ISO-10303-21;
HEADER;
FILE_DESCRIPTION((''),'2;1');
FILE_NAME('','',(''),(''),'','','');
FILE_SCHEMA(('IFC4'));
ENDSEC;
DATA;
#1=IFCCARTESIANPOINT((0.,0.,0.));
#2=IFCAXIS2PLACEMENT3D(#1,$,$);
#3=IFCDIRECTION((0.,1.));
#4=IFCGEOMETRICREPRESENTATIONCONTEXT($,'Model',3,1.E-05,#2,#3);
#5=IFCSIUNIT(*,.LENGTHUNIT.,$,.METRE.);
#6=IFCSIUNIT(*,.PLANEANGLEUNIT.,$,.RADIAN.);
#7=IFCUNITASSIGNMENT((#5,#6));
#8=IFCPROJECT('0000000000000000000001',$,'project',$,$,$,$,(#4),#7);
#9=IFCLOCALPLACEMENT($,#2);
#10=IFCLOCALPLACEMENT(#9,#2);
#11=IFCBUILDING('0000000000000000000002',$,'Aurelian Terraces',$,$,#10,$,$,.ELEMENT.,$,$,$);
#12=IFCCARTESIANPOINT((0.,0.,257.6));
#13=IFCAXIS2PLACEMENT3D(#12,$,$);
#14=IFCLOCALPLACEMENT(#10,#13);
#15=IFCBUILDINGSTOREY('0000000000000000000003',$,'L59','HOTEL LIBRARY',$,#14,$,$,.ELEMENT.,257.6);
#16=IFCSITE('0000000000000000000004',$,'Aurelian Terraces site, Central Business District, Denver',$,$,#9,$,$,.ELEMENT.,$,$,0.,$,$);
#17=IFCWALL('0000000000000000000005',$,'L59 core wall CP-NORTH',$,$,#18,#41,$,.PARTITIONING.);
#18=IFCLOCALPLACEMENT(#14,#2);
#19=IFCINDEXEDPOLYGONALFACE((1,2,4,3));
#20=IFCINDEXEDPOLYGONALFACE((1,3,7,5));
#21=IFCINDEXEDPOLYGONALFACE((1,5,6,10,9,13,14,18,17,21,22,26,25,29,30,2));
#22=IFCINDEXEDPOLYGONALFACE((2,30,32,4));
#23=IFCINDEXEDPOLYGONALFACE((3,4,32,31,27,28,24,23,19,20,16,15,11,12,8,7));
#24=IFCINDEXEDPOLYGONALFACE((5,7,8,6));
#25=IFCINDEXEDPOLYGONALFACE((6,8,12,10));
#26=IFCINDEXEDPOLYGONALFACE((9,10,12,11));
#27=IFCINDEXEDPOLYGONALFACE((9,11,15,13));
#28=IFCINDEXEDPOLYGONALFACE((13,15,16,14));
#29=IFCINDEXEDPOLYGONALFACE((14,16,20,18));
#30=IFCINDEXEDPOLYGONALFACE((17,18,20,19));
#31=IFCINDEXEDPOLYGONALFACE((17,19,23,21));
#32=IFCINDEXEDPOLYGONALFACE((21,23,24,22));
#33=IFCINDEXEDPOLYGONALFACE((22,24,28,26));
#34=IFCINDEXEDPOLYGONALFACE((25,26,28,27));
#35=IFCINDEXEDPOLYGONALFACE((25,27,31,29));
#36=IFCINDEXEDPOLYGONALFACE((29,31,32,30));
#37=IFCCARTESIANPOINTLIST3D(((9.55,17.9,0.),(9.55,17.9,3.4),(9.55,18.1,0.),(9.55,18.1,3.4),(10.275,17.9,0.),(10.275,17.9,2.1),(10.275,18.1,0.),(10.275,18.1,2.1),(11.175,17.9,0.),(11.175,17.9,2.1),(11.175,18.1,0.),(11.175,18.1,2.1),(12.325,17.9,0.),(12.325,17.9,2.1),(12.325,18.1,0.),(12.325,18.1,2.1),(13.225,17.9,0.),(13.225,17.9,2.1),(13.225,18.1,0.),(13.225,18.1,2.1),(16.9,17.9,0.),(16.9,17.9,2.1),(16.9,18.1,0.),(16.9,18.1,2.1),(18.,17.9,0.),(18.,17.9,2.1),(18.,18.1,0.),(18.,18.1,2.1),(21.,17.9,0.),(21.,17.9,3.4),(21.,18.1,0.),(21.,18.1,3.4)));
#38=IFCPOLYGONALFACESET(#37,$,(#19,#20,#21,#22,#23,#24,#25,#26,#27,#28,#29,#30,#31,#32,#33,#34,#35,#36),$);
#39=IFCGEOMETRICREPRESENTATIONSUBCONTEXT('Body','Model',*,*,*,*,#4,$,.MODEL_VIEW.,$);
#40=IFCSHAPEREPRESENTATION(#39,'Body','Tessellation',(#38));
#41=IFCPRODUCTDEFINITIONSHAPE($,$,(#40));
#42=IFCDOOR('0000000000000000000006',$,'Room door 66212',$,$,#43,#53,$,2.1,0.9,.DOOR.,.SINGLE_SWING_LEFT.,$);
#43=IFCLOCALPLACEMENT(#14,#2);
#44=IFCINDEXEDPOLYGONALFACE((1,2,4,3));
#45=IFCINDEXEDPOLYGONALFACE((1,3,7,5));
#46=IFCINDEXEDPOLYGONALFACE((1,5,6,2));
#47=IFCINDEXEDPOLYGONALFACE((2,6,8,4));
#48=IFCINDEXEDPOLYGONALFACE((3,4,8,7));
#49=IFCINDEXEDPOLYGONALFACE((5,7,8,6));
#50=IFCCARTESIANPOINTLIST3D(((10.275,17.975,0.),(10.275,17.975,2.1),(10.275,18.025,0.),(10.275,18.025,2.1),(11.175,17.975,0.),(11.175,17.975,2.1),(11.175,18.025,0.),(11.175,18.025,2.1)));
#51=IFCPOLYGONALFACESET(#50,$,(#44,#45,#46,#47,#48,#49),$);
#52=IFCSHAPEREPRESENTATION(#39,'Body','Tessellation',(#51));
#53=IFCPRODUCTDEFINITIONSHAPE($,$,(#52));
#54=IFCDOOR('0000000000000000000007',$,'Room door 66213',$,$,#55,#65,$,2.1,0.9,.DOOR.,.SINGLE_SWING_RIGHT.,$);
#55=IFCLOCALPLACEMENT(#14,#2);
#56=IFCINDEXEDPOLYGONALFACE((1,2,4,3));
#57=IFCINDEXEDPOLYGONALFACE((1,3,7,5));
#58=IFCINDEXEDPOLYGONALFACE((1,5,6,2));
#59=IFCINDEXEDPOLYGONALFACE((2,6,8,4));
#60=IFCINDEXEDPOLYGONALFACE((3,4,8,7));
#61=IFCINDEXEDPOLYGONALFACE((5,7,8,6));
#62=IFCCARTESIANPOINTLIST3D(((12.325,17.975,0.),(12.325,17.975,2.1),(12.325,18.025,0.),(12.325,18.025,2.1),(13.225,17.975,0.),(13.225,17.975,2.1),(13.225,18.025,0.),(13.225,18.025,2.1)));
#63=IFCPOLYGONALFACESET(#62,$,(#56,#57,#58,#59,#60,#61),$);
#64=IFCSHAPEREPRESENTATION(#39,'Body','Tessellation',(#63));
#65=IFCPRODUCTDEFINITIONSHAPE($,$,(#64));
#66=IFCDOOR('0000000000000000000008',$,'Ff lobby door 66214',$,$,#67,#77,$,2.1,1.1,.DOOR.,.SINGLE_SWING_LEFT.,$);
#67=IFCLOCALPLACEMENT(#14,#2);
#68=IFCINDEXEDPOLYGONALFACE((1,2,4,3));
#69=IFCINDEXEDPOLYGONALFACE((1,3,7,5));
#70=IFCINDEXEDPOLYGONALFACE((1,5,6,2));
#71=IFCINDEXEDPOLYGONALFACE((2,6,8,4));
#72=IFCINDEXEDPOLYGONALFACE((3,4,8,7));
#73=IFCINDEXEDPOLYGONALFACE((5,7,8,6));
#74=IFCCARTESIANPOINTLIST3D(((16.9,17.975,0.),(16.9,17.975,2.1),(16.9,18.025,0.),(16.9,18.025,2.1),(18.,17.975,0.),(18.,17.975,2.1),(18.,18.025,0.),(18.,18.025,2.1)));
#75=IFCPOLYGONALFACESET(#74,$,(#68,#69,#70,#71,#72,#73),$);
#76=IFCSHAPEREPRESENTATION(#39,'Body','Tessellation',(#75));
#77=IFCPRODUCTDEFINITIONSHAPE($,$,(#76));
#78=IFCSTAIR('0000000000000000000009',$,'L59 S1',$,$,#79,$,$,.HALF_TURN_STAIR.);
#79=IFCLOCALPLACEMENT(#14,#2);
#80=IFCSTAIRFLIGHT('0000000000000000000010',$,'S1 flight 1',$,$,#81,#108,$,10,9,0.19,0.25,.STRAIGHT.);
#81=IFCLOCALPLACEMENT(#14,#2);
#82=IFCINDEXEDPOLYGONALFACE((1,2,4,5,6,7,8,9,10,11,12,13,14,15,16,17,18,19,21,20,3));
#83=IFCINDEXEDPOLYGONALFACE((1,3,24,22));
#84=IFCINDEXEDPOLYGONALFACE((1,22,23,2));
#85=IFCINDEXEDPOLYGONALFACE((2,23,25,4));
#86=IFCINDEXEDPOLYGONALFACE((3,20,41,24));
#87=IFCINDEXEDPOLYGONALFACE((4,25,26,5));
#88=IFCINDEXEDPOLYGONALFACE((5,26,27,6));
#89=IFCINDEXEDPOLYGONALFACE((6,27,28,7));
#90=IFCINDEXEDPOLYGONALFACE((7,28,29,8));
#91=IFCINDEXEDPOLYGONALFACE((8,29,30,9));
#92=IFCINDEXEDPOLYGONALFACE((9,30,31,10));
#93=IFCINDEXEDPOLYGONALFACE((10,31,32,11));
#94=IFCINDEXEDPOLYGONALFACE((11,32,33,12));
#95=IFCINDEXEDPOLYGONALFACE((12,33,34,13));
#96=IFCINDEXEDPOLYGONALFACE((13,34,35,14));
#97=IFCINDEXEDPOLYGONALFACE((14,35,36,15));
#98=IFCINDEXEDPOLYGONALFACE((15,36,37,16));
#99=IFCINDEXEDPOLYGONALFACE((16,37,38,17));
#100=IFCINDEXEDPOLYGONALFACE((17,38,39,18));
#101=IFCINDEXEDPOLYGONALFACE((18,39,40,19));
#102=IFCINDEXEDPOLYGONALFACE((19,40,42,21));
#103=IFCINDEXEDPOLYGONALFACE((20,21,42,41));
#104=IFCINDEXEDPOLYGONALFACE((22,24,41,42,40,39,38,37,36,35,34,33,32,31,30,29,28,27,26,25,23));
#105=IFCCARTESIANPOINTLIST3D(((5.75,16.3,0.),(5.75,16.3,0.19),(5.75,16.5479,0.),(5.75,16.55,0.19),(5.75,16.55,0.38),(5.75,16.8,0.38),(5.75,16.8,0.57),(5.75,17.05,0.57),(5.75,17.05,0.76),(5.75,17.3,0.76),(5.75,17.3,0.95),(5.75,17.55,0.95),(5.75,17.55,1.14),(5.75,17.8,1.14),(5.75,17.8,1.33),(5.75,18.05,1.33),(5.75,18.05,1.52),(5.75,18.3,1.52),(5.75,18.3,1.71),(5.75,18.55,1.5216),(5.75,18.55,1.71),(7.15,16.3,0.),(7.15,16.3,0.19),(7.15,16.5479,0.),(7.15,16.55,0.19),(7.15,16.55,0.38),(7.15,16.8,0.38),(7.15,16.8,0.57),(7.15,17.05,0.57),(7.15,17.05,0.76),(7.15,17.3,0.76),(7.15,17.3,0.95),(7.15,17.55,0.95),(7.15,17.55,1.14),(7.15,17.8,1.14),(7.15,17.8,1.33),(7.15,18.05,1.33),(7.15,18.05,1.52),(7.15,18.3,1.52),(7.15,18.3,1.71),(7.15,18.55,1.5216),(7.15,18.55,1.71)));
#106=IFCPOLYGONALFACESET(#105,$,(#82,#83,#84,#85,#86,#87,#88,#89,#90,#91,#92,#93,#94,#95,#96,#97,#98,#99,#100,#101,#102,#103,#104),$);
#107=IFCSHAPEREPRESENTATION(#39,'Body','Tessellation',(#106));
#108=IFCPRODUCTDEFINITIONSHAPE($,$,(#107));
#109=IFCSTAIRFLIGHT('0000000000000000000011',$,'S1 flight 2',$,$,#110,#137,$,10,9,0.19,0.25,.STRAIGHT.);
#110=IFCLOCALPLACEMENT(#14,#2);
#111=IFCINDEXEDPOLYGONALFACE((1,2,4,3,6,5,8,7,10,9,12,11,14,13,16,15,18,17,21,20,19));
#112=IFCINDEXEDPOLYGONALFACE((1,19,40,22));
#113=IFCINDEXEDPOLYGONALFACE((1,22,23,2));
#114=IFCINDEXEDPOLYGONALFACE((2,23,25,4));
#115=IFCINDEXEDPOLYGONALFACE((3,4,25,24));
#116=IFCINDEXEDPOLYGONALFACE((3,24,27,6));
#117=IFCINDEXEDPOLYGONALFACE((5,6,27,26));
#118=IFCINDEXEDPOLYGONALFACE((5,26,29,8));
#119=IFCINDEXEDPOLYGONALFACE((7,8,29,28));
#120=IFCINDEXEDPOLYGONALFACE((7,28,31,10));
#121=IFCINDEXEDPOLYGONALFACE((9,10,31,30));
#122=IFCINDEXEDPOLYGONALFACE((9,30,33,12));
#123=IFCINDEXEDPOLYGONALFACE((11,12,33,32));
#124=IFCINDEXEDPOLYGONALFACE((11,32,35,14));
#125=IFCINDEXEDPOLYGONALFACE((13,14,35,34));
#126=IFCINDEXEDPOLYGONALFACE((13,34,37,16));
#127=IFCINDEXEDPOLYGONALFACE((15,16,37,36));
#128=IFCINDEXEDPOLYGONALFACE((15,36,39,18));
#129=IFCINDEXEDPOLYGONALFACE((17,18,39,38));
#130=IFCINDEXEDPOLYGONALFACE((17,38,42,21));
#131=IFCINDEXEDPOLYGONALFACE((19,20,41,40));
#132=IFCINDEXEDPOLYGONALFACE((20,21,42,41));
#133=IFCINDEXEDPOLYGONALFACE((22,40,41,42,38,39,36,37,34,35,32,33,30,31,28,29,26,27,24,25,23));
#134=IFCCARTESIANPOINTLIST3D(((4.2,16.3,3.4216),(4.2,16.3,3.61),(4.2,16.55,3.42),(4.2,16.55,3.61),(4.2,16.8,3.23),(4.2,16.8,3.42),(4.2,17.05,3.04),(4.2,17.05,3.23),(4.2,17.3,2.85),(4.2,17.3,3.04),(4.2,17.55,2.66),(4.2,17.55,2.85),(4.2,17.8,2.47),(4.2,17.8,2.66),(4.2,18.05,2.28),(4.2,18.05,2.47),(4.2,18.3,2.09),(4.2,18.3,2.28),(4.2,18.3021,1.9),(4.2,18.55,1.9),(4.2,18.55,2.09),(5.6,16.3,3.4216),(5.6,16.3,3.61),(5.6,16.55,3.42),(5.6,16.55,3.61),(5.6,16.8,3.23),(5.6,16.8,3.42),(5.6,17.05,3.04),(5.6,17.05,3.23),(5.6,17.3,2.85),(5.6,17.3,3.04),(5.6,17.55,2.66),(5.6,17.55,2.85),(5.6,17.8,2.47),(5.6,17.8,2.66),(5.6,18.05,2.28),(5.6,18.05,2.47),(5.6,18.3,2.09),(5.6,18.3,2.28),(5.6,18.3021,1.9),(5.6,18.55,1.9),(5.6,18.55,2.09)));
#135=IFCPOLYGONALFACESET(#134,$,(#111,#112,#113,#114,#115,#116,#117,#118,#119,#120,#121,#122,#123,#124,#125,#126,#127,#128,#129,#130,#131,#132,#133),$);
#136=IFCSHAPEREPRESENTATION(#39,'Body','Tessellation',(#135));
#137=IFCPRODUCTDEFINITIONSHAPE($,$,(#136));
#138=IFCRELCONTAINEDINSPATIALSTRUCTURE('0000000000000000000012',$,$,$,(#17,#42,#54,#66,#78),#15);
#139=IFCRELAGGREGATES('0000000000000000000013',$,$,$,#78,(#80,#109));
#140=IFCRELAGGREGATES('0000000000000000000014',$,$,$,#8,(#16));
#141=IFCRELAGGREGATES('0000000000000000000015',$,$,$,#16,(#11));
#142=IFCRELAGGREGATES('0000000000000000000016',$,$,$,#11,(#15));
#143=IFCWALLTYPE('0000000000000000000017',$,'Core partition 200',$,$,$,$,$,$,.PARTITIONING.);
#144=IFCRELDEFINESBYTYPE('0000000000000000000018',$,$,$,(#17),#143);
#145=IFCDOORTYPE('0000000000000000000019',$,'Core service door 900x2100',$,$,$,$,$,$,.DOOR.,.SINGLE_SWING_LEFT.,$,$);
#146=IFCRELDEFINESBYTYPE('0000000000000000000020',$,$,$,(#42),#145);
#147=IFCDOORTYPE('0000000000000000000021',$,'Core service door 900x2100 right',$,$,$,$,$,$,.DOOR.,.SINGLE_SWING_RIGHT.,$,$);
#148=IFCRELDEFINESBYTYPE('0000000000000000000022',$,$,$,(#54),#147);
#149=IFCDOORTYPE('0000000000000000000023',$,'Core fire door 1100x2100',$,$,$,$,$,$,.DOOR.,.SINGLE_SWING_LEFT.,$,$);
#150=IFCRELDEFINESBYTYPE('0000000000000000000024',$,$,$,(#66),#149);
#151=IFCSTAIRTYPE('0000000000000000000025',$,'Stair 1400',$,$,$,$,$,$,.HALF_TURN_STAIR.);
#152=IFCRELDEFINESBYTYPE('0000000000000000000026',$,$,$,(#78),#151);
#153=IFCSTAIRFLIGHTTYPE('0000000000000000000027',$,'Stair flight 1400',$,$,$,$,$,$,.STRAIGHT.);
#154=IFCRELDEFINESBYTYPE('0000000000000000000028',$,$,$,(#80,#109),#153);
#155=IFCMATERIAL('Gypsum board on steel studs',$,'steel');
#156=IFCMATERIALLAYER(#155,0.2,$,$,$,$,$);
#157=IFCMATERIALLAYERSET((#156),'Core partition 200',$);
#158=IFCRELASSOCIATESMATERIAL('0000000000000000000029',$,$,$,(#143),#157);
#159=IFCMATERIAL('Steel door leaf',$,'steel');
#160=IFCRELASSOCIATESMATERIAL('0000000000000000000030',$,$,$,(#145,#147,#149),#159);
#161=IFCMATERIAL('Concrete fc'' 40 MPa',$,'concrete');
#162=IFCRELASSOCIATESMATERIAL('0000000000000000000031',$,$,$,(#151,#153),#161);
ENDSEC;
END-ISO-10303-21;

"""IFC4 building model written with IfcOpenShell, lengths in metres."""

from ifc_helpers import new_model, si_unit, direction, frame, frame_2d, origin, place, context, subcontext, project, spatial, polyline, rectangle, outline, extrude, source, transform, mapped, material, layer, layer_set, type_object, element, fill, aggregate, save


model = new_model("IFC4")

# Units and contexts
model_context = context("Model", 3, precision=1e-05, world=origin(), true_north=direction((0.0, 1.0)))
body_context = subcontext(model_context, "Body", "Model", "MODEL_VIEW")
ifc_project = project(units=[si_unit("LENGTHUNIT", "METRE"), si_unit("PLANEANGLEUNIT", "RADIAN")], contexts=[model_context])

# Site, building, storey
site_placement = place(None, origin())
site = spatial("IfcSite", under=ifc_project, at=site_placement, Name="Aurelian Terraces site, Central Business District, Denver", CompositionType="ELEMENT", RefElevation=0.0)
building_placement = place(site_placement, origin())
building = spatial("IfcBuilding", under=site, at=building_placement, Name="Aurelian Terraces", CompositionType="ELEMENT")
storey_placement = place(building_placement, frame((0.0, 0.0, 257.6)))
storey = spatial("IfcBuildingStorey", under=building, at=storey_placement, Name="L59", Description="HOTEL LIBRARY", CompositionType="ELEMENT", Elevation=257.6)

# Shared definitions
ifc_material_1 = material(Name="Gypsum board on steel studs", Category="steel")

# Wall, openings, doors
ifc_layer_1 = layer(ifc_material_1, 0.2)
ifc_layer_set_1 = layer_set([ifc_layer_1], Name="Core partition 200")
wall_type_1 = type_object("IfcWallType", Name="Core partition 200", PredefinedType="PARTITIONING", material=ifc_layer_set_1)
shared_shape_1 = source(origin(), body_context, "Body", "SweptSolid", [
    extrude(rectangle(XDim=11.45, YDim=0.2, at=frame_2d((5.725, 0.0))), origin(), (0.0, 0.0, 1.0), 3.4),
])
wall_1_placement = place(storey_placement, frame((9.55, 18.0, 0.0), z_axis=(0.0, 0.0, 1.0), x_axis=(1.0, 0.0, 0.0)))
wall_1 = element("IfcWall", 1, at=wall_1_placement, inside=storey, type_object=wall_type_1, Name="L59 core wall CP-NORTH", PredefinedType="PARTITIONING", context=body_context, shape_type="MappedRepresentation", body=[
    mapped(shared_shape_1, transform((0.0, 0.0, 0.0), scale=1.0)),
])
shared_shape_2 = source(origin(), body_context, "Body", "SweptSolid", [
    extrude(rectangle(XDim=0.9, YDim=2.1, at=frame_2d((0.45, 1.05))), frame((0.0, 0.11, 0.0), z_axis=(0.0, -1.0, 0.0), x_axis=(1.0, 0.0, 0.0)), (0.0, 0.0, 1.0), 0.22),
])
opening_1_placement = place(wall_1_placement, frame((0.725, 0.0, 0.0)))
opening_1 = element("IfcOpeningElement", 2, at=opening_1_placement, cuts=wall_1, PredefinedType="OPENING", context=body_context, shape_type="MappedRepresentation", body=[
    mapped(shared_shape_2, transform((0.0, 0.0, 0.0), scale=1.0)),
])
opening_2_placement = place(wall_1_placement, frame((2.775, 0.0, 0.0)))
opening_2 = element("IfcOpeningElement", 3, at=opening_2_placement, cuts=wall_1, PredefinedType="OPENING", context=body_context, shape_type="MappedRepresentation", body=[
    mapped(shared_shape_2, transform((0.0, 0.0, 0.0), scale=1.0)),
])
shared_shape_3 = source(origin(), body_context, "Body", "SweptSolid", [
    extrude(rectangle(XDim=1.1, YDim=2.1, at=frame_2d((0.55, 1.05))), frame((0.0, 0.11, 0.0), z_axis=(0.0, -1.0, 0.0), x_axis=(1.0, 0.0, 0.0)), (0.0, 0.0, 1.0), 0.22),
])
opening_3_placement = place(wall_1_placement, frame((7.35, 0.0, 0.0)))
opening_3 = element("IfcOpeningElement", 4, at=opening_3_placement, cuts=wall_1, PredefinedType="OPENING", context=body_context, shape_type="MappedRepresentation", body=[
    mapped(shared_shape_3, transform((0.0, 0.0, 0.0), scale=1.0)),
])
ifc_material_2 = material(Name="Steel door leaf", Category="steel")
door_type_1 = type_object("IfcDoorType", Name="Core service door 900x2100", OperationType="SINGLE_SWING_LEFT", PredefinedType="DOOR", material=ifc_material_2)
shared_shape_4 = source(origin(), body_context, "Body", "SweptSolid", [
    extrude(rectangle(XDim=0.9, YDim=2.1, at=frame_2d((0.45, 1.05))), frame((0.0, 0.025, 0.0), z_axis=(0.0, -1.0, 0.0), x_axis=(1.0, 0.0, 0.0)), (0.0, 0.0, 1.0), 0.05),
])
door_1_placement = place(opening_1_placement, origin())
door_1 = element("IfcDoor", 5, at=door_1_placement, inside=storey, type_object=door_type_1, Name="Room door 66212", OperationType="SINGLE_SWING_LEFT", OverallHeight=2.1, OverallWidth=0.9, PredefinedType="DOOR", context=body_context, shape_type="MappedRepresentation", body=[
    mapped(shared_shape_4, transform((0.0, 0.0, 0.0), scale=1.0)),
])
fill(opening_1, door_1)
door_type_2 = type_object("IfcDoorType", Name="Core service door 900x2100 right", OperationType="SINGLE_SWING_RIGHT", PredefinedType="DOOR", material=ifc_material_2)
door_2_placement = place(opening_2_placement, origin())
door_2 = element("IfcDoor", 6, at=door_2_placement, inside=storey, type_object=door_type_2, Name="Room door 66213", OperationType="SINGLE_SWING_RIGHT", OverallHeight=2.1, OverallWidth=0.9, PredefinedType="DOOR", context=body_context, shape_type="MappedRepresentation", body=[
    mapped(shared_shape_4, transform((0.0, 0.0, 0.0), scale=1.0)),
])
fill(opening_2, door_2)
door_type_3 = type_object("IfcDoorType", Name="Core fire door 1100x2100", OperationType="SINGLE_SWING_LEFT", PredefinedType="DOOR", material=ifc_material_2)
shared_shape_5 = source(origin(), body_context, "Body", "SweptSolid", [
    extrude(rectangle(XDim=1.1, YDim=2.1, at=frame_2d((0.55, 1.05))), frame((0.0, 0.025, 0.0), z_axis=(0.0, -1.0, 0.0), x_axis=(1.0, 0.0, 0.0)), (0.0, 0.0, 1.0), 0.05),
])
door_3_placement = place(opening_3_placement, origin())
door_3 = element("IfcDoor", 7, at=door_3_placement, inside=storey, type_object=door_type_3, Name="Ff lobby door 66214", OperationType="SINGLE_SWING_LEFT", OverallHeight=2.1, OverallWidth=1.1, PredefinedType="DOOR", context=body_context, shape_type="MappedRepresentation", body=[
    mapped(shared_shape_5, transform((0.0, 0.0, 0.0), scale=1.0)),
])
fill(opening_3, door_3)

# Stair, stair flights
ifc_material_3 = material(Name="Concrete fc' 40 MPa", Category="concrete")
stair_type = type_object("IfcStairType", Name="Stair 1400", PredefinedType="HALF_TURN_STAIR", material=ifc_material_3)
stair_placement = place(storey_placement, origin())
stair = element("IfcStair", 8, at=stair_placement, inside=storey, type_object=stair_type, Name="L59 S1", PredefinedType="HALF_TURN_STAIR")
stair_flight_type = type_object("IfcStairFlightType", Name="Stair flight 1400", PredefinedType="STRAIGHT", material=ifc_material_3)
shared_shape_6 = source(origin(), body_context, "Body", "SweptSolid", [
    extrude(outline(polyline([(0.0, 0.0), (0.0, 0.19), (0.25, 0.19), (0.25, 0.38), (0.5, 0.38), (0.5, 0.57), (0.75, 0.57), (0.75, 0.76), (1.0, 0.76), (1.0, 0.95), (1.25, 0.95), (1.25, 1.14), (1.5, 1.14), (1.5, 1.33), (1.75, 1.33), (1.75, 1.52), (2.0, 1.52), (2.0, 1.71), (2.25, 1.71), (2.25, 1.9), (2.25, 1.5216), (0.2479, 0.0), (0.0, 0.0)])), frame((0.0, 0.7, 0.0), z_axis=(0.0, -1.0, 0.0), x_axis=(1.0, 0.0, 0.0)), (0.0, 0.0, 1.0), 1.4),
])
stair_flight_1_placement = place(storey_placement, frame((6.45, 16.3, 0.0), z_axis=(0.0, 0.0, 1.0), x_axis=(0.0, 1.0, 0.0)))
stair_flight_1 = element("IfcStairFlight", 9, at=stair_flight_1_placement, type_object=stair_flight_type, Name="S1 flight 1", NumberOfRisers=10, NumberOfTreads=9, PredefinedType="STRAIGHT", RiserHeight=0.19, TreadLength=0.25, context=body_context, shape_type="MappedRepresentation", body=[
    mapped(shared_shape_6, transform((0.0, 0.0, 0.0), scale=1.0)),
])
stair_flight_2_placement = place(storey_placement, frame((4.9, 18.55, 1.9), z_axis=(0.0, 0.0, 1.0), x_axis=(0.0, -1.0, 0.0)))
stair_flight_2 = element("IfcStairFlight", 10, at=stair_flight_2_placement, type_object=stair_flight_type, Name="S1 flight 2", NumberOfRisers=10, NumberOfTreads=9, PredefinedType="STRAIGHT", RiserHeight=0.19, TreadLength=0.25, context=body_context, shape_type="MappedRepresentation", body=[
    mapped(shared_shape_6, transform((0.0, 0.0, 0.0), scale=1.0)),
])
aggregate(stair, [stair_flight_1, stair_flight_2])

save(model, "model.ifc")
